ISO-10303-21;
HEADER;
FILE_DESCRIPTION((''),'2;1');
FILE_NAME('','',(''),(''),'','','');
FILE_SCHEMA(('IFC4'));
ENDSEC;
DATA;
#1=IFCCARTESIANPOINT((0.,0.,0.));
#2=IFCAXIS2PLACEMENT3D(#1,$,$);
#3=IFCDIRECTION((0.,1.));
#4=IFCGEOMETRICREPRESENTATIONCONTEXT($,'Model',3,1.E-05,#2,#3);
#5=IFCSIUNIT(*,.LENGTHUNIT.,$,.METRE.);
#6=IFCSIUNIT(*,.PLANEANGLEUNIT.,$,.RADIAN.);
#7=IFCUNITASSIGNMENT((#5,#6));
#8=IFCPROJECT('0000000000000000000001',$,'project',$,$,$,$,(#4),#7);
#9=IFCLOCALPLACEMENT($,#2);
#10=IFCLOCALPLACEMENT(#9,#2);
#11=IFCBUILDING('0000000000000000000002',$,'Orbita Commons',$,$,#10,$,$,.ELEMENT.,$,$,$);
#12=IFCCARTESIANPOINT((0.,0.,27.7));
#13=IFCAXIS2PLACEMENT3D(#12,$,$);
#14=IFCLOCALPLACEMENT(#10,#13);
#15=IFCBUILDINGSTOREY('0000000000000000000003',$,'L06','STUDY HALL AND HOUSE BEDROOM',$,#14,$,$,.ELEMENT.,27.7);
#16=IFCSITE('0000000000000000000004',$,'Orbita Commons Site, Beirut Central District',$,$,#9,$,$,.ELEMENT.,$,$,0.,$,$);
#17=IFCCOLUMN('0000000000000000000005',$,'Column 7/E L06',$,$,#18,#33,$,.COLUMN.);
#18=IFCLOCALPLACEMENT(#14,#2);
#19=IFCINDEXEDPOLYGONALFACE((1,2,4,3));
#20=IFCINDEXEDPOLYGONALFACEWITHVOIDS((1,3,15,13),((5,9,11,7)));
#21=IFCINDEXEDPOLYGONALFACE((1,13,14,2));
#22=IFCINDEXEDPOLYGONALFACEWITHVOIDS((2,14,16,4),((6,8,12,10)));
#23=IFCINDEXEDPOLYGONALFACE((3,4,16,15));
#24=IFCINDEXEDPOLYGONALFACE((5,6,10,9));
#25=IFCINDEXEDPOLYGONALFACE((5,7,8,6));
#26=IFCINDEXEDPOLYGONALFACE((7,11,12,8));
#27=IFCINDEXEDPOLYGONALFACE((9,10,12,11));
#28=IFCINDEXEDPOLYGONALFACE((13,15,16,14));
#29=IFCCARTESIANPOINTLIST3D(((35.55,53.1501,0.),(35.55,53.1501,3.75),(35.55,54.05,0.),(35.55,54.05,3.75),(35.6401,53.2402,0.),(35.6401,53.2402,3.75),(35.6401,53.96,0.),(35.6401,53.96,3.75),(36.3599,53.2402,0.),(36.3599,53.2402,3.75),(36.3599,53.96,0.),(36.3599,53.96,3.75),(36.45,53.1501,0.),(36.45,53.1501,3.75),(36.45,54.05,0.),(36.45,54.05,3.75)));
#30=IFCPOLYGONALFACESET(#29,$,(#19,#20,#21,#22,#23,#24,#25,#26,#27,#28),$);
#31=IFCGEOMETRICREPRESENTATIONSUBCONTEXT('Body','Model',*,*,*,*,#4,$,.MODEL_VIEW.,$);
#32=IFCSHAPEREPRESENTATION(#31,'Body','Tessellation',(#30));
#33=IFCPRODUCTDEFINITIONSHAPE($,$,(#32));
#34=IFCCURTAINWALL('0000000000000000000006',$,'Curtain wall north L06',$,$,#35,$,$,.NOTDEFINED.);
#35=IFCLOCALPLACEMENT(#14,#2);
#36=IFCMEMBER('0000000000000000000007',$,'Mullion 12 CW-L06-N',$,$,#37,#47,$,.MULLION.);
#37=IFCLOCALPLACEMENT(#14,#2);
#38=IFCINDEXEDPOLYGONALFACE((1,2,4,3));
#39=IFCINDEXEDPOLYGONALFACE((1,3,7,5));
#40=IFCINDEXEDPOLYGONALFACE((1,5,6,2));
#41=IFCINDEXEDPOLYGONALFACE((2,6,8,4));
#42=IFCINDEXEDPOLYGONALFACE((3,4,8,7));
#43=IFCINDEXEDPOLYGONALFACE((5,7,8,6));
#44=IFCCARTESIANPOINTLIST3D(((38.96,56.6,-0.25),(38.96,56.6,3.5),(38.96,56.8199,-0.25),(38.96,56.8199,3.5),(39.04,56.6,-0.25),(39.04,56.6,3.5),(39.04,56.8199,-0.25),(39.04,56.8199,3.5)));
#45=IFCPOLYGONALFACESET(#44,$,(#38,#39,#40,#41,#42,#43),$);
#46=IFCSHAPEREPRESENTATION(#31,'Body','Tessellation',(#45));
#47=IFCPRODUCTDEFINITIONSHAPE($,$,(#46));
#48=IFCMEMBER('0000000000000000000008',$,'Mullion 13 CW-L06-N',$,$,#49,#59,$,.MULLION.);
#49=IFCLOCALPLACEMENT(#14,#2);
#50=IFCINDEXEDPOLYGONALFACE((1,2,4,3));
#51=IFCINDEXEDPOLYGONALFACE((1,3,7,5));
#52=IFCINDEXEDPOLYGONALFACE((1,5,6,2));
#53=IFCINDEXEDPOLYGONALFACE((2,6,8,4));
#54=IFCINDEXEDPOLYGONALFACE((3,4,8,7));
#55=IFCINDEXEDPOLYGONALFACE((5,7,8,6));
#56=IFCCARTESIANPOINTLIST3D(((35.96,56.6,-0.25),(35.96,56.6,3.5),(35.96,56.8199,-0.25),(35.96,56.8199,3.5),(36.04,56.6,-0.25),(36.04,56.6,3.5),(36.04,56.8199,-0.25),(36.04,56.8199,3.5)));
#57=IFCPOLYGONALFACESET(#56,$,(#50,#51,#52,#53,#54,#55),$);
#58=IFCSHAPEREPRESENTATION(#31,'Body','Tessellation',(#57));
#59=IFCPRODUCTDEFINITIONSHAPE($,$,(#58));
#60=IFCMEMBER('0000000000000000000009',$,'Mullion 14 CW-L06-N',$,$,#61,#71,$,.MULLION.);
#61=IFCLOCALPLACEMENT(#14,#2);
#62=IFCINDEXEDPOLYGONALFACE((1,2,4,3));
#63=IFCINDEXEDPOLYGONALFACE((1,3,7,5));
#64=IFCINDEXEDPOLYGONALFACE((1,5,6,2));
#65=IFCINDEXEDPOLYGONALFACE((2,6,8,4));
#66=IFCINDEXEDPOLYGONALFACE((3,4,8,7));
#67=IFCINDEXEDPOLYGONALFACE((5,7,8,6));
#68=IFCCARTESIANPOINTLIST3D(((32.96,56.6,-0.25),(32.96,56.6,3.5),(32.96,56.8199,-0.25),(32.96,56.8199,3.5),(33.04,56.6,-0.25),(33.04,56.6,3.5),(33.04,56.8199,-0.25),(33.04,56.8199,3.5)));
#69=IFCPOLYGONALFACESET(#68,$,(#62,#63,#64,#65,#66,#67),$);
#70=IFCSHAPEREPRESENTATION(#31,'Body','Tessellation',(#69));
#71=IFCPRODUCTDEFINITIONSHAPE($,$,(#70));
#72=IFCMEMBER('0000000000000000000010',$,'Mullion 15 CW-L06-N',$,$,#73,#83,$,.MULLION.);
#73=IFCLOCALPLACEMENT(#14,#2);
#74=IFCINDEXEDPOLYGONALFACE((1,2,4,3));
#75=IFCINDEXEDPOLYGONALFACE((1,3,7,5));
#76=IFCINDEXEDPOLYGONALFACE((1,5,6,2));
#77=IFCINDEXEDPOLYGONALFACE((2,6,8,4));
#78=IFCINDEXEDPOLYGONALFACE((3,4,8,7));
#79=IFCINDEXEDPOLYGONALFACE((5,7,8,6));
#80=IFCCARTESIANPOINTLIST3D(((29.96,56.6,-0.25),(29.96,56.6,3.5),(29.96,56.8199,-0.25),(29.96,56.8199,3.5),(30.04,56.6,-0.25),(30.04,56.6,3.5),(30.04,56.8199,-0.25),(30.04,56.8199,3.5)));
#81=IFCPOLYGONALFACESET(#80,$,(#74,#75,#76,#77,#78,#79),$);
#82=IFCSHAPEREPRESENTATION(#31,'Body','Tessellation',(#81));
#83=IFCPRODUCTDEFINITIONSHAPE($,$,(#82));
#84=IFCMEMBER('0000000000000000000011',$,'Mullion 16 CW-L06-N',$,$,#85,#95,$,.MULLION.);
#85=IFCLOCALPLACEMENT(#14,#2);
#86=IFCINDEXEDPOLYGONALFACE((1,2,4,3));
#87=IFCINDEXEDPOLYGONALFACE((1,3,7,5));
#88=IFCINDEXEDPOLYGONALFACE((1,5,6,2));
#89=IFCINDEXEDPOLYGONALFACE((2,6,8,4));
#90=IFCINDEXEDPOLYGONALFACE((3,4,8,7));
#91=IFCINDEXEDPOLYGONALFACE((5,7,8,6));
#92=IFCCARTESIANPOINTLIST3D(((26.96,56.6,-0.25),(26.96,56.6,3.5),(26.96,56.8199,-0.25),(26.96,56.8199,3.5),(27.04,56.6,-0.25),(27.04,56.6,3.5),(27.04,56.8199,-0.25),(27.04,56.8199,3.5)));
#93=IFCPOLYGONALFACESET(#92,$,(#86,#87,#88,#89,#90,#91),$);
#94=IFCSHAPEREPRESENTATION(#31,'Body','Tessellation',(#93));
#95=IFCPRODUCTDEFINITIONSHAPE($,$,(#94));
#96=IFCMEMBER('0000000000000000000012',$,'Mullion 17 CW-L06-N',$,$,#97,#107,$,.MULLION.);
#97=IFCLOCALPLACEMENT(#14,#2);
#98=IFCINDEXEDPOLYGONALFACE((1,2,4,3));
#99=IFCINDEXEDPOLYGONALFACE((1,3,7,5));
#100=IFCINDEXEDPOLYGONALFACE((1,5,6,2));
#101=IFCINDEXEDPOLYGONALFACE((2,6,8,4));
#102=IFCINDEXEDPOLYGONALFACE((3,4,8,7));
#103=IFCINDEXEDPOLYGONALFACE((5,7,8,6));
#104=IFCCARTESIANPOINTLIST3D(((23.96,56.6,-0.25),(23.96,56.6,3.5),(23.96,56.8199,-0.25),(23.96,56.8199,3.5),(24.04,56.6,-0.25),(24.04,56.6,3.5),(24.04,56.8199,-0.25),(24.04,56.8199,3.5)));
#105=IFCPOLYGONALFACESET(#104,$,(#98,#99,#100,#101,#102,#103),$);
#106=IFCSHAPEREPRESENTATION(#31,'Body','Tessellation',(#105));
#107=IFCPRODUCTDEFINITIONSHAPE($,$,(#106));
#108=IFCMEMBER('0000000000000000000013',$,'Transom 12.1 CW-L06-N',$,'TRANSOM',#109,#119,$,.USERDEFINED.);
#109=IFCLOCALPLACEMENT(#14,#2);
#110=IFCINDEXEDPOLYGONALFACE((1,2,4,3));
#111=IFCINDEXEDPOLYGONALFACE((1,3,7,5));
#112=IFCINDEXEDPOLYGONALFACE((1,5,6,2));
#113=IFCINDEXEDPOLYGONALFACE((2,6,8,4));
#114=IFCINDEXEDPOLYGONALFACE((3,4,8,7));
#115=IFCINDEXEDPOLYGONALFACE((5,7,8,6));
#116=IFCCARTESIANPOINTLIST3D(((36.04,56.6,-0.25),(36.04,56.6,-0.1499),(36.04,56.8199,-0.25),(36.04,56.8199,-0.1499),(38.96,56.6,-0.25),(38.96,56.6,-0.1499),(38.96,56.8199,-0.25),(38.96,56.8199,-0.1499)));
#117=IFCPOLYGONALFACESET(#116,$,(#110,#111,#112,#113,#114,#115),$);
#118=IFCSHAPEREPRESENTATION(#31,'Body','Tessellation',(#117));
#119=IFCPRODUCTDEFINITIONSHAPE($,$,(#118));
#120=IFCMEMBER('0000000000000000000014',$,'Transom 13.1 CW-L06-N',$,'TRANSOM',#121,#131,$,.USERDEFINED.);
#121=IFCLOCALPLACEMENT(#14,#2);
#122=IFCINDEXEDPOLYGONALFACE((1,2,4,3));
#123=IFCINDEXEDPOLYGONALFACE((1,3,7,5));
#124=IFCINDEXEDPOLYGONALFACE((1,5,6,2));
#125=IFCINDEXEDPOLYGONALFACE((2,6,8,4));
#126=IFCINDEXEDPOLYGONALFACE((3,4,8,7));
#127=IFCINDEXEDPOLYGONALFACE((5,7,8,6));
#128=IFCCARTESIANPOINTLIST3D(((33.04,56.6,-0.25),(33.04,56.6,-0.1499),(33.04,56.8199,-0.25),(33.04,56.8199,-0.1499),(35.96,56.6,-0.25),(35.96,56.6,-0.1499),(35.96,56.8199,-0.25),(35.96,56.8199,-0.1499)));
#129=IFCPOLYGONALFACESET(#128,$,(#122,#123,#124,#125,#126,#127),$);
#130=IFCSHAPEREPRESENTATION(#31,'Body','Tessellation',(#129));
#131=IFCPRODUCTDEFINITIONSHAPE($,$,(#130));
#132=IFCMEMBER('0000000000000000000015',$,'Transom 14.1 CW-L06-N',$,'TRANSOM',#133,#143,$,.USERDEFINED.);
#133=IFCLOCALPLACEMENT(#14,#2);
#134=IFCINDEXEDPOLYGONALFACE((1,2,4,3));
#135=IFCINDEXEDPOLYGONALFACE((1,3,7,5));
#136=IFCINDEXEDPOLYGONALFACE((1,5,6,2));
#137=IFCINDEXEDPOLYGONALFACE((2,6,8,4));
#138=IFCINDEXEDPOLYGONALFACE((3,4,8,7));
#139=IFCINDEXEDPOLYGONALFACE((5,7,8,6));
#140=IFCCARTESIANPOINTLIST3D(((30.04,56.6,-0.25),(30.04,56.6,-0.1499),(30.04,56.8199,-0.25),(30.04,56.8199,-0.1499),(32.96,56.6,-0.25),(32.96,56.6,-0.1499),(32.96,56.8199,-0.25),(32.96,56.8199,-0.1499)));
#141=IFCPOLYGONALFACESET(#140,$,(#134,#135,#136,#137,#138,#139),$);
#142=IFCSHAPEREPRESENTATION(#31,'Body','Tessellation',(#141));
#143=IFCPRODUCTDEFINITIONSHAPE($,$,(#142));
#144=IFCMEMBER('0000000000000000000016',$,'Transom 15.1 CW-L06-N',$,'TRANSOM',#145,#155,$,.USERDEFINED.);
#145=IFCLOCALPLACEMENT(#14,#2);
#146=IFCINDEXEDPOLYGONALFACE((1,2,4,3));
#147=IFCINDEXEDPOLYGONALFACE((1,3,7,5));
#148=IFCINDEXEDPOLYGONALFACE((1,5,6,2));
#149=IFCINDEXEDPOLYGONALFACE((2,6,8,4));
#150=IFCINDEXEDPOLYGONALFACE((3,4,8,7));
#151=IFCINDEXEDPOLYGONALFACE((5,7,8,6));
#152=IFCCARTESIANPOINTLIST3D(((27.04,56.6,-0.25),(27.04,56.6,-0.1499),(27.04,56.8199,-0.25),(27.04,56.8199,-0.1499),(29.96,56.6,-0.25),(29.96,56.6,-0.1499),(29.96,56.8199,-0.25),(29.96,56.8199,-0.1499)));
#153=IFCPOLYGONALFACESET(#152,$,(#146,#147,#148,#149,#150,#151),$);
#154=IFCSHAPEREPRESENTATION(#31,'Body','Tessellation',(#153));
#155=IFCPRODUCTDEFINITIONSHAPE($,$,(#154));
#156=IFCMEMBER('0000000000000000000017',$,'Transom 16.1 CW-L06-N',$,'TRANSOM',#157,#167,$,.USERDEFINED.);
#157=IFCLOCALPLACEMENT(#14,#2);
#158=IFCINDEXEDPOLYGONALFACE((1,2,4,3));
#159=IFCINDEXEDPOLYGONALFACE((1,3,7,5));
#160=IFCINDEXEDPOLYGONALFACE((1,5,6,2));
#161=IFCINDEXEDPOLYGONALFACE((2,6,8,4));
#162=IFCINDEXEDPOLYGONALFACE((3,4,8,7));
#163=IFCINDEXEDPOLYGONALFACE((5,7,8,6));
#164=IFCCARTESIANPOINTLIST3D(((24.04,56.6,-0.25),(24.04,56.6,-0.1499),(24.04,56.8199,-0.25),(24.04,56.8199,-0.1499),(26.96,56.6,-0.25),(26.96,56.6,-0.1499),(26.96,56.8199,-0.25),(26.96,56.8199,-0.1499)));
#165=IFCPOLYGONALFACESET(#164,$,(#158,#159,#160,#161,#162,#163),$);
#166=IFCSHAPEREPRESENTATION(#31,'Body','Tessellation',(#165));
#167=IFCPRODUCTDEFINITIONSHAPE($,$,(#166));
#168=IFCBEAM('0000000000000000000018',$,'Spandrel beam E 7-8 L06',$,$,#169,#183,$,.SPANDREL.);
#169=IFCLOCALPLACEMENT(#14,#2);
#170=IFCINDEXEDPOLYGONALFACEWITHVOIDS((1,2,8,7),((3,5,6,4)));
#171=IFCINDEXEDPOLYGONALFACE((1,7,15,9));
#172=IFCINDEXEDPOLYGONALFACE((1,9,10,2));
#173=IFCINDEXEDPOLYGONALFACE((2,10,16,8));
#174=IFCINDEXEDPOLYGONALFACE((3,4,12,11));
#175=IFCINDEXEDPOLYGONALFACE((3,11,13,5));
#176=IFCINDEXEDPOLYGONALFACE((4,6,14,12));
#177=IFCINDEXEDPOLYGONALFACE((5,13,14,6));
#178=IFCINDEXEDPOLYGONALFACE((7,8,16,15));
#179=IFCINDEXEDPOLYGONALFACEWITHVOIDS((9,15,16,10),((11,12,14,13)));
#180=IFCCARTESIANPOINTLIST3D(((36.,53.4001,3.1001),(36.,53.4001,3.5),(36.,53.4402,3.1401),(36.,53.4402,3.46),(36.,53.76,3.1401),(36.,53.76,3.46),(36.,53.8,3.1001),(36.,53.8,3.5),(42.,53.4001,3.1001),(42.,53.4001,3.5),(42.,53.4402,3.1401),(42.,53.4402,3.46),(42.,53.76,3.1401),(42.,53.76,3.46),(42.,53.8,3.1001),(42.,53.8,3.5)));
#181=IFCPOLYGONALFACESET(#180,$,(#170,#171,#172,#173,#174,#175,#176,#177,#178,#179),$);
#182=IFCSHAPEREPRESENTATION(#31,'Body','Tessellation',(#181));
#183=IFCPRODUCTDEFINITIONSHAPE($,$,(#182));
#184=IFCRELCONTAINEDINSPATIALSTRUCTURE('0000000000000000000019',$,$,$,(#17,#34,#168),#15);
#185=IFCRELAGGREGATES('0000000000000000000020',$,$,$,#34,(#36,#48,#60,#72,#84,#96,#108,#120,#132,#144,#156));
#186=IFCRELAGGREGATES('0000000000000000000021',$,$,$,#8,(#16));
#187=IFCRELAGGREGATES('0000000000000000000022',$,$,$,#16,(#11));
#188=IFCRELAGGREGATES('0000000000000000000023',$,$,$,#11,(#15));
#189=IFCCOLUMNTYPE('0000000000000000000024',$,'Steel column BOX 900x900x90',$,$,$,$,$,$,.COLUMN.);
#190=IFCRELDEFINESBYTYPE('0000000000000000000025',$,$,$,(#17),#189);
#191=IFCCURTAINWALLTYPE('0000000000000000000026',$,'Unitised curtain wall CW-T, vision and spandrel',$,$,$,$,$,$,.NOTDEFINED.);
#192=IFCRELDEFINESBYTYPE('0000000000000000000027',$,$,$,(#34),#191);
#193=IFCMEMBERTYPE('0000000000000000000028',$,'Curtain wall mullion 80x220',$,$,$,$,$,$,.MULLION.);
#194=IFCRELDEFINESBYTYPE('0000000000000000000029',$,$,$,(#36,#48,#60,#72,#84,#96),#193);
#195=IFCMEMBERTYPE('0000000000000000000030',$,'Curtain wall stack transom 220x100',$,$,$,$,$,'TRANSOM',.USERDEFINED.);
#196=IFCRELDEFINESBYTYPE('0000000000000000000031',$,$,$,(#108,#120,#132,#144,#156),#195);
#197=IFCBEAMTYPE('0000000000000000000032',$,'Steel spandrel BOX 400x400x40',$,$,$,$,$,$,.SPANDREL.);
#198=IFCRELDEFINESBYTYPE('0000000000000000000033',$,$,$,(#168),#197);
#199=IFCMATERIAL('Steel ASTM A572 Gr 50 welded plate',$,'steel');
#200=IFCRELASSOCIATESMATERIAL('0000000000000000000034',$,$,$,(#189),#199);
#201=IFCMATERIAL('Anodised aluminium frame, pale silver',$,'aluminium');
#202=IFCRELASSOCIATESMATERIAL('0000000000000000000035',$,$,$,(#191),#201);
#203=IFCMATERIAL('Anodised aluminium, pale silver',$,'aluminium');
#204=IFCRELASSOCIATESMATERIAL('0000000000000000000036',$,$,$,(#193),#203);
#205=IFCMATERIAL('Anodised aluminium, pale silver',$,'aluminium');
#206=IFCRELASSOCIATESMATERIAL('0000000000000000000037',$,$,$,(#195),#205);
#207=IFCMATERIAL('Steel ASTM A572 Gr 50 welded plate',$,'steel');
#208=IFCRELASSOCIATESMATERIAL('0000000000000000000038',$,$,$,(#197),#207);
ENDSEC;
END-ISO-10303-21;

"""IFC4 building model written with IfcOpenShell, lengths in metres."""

from ifc_helpers import new_model, si_unit, direction, frame, origin, origin_2d, place, context, subcontext, project, spatial, rectangle, hollow_rectangle, extrude, material, material_profile, profile_set, type_object, element, aggregate, save


model = new_model("IFC4")

# Units and contexts
model_context = context("Model", 3, precision=1e-05, world=origin(), true_north=direction((0.0, 1.0)))
body_context = subcontext(model_context, "Body", "Model", "MODEL_VIEW")
ifc_project = project(units=[si_unit("LENGTHUNIT", "METRE"), si_unit("PLANEANGLEUNIT", "RADIAN")], contexts=[model_context])

# Site, building, storey
site_placement = place(None, origin())
site = spatial("IfcSite", under=ifc_project, at=site_placement, Name="Orbita Commons Site, Beirut Central District", CompositionType="ELEMENT", RefElevation=0.0)
building_placement = place(site_placement, origin())
building = spatial("IfcBuilding", under=site, at=building_placement, Name="Orbita Commons", CompositionType="ELEMENT")
storey_placement = place(building_placement, frame((0.0, 0.0, 27.7)))
storey = spatial("IfcBuildingStorey", under=building, at=storey_placement, Name="L06", Description="STUDY HALL AND HOUSE BEDROOM", CompositionType="ELEMENT", Elevation=27.7)

# Column
ifc_material_1 = material(Name="Steel ASTM A572 Gr 50 welded plate", Category="steel")
ifc_material_profile_1 = material_profile(ifc_material_1, hollow_rectangle(XDim=0.8999, YDim=0.8999, WallThickness=0.0901, at=origin_2d()), Name="BOX 900x900x90")
ifc_profile_set_1 = profile_set([ifc_material_profile_1], Name="Steel ASTM A572 Gr 50 welded plate")
column_type = type_object("IfcColumnType", Name="Steel column BOX 900x900x90", PredefinedType="COLUMN", material=ifc_profile_set_1)
column_placement = place(storey_placement, frame((36.0, 53.6001, 0.0), z_axis=(0.0, 0.0, 1.0), x_axis=(1.0, 0.0, 0.0)))
element("IfcColumn", 1, at=column_placement, inside=storey, type_object=column_type, Name="Column 7/E L06", PredefinedType="COLUMN", context=body_context, shape_type="SweptSolid", body=[
    extrude(hollow_rectangle(XDim=0.8999, YDim=0.8999, WallThickness=0.0901, at=origin_2d()), origin(), (0.0, 0.0, 1.0), 3.75),
])

# Curtain wall, members
ifc_material_2 = material(Name="Anodised aluminium frame, pale silver", Category="aluminium")
curtain_wall_type = type_object("IfcCurtainWallType", Name="Unitised curtain wall CW-T, vision and spandrel", PredefinedType="NOTDEFINED", material=ifc_material_2)
curtain_wall_placement = place(storey_placement, origin())
curtain_wall = element("IfcCurtainWall", 2, at=curtain_wall_placement, inside=storey, type_object=curtain_wall_type, Name="Curtain wall north L06", PredefinedType="NOTDEFINED")
ifc_material_3 = material(Name="Anodised aluminium, pale silver", Category="aluminium")
ifc_material_profile_2 = material_profile(ifc_material_3, rectangle(XDim=0.0801, YDim=0.22, at=origin_2d()), Name="AL 80x220")
ifc_profile_set_2 = profile_set([ifc_material_profile_2], Name="Anodised aluminium, pale silver")
member_type_1 = type_object("IfcMemberType", Name="Curtain wall mullion 80x220", PredefinedType="MULLION", material=ifc_profile_set_2)
member_1_placement = place(storey_placement, frame((39.0, 56.71, -0.25), z_axis=(0.0, 0.0, 1.0), x_axis=(-1.0, 0.0, 0.0)))
member_1 = element("IfcMember", 3, at=member_1_placement, type_object=member_type_1, Name="Mullion 12 CW-L06-N", PredefinedType="MULLION", context=body_context, shape_type="SweptSolid", body=[
    extrude(rectangle(XDim=0.0801, YDim=0.22, at=origin_2d()), origin(), (0.0, 0.0, 1.0), 3.75),
])
member_2_placement = place(storey_placement, frame((36.0, 56.71, -0.25), z_axis=(0.0, 0.0, 1.0), x_axis=(-1.0, 0.0, 0.0)))
member_2 = element("IfcMember", 4, at=member_2_placement, type_object=member_type_1, Name="Mullion 13 CW-L06-N", PredefinedType="MULLION", context=body_context, shape_type="SweptSolid", body=[
    extrude(rectangle(XDim=0.0801, YDim=0.22, at=origin_2d()), origin(), (0.0, 0.0, 1.0), 3.75),
])
member_3_placement = place(storey_placement, frame((33.0, 56.71, -0.25), z_axis=(0.0, 0.0, 1.0), x_axis=(-1.0, 0.0, 0.0)))
member_3 = element("IfcMember", 5, at=member_3_placement, type_object=member_type_1, Name="Mullion 14 CW-L06-N", PredefinedType="MULLION", context=body_context, shape_type="SweptSolid", body=[
    extrude(rectangle(XDim=0.0801, YDim=0.22, at=origin_2d()), origin(), (0.0, 0.0, 1.0), 3.75),
])
member_4_placement = place(storey_placement, frame((30.0, 56.71, -0.25), z_axis=(0.0, 0.0, 1.0), x_axis=(-1.0, 0.0, 0.0)))
member_4 = element("IfcMember", 6, at=member_4_placement, type_object=member_type_1, Name="Mullion 15 CW-L06-N", PredefinedType="MULLION", context=body_context, shape_type="SweptSolid", body=[
    extrude(rectangle(XDim=0.0801, YDim=0.22, at=origin_2d()), origin(), (0.0, 0.0, 1.0), 3.75),
])
member_5_placement = place(storey_placement, frame((27.0, 56.71, -0.25), z_axis=(0.0, 0.0, 1.0), x_axis=(-1.0, 0.0, 0.0)))
member_5 = element("IfcMember", 7, at=member_5_placement, type_object=member_type_1, Name="Mullion 16 CW-L06-N", PredefinedType="MULLION", context=body_context, shape_type="SweptSolid", body=[
    extrude(rectangle(XDim=0.0801, YDim=0.22, at=origin_2d()), origin(), (0.0, 0.0, 1.0), 3.75),
])
member_6_placement = place(storey_placement, frame((24.0, 56.71, -0.25), z_axis=(0.0, 0.0, 1.0), x_axis=(-1.0, 0.0, 0.0)))
member_6 = element("IfcMember", 8, at=member_6_placement, type_object=member_type_1, Name="Mullion 17 CW-L06-N", PredefinedType="MULLION", context=body_context, shape_type="SweptSolid", body=[
    extrude(rectangle(XDim=0.0801, YDim=0.22, at=origin_2d()), origin(), (0.0, 0.0, 1.0), 3.75),
])
ifc_material_4 = material(Name="Anodised aluminium, pale silver", Category="aluminium")
ifc_material_profile_3 = material_profile(ifc_material_4, rectangle(XDim=0.22, YDim=0.1001, at=origin_2d()), Name="AL 220x100")
ifc_profile_set_3 = profile_set([ifc_material_profile_3], Name="Anodised aluminium, pale silver")
member_type_2 = type_object("IfcMemberType", Name="Curtain wall stack transom 220x100", ElementType="TRANSOM", PredefinedType="USERDEFINED", material=ifc_profile_set_3)
member_7_placement = place(storey_placement, frame((38.96, 56.71, -0.2), z_axis=(-1.0, 0.0, 0.0), x_axis=(0.0, -1.0, 0.0)))
member_7 = element("IfcMember", 9, at=member_7_placement, type_object=member_type_2, Name="Transom 12.1 CW-L06-N", ObjectType="TRANSOM", PredefinedType="USERDEFINED", context=body_context, shape_type="SweptSolid", body=[
    extrude(rectangle(XDim=0.22, YDim=0.1001, at=origin_2d()), origin(), (0.0, 0.0, 1.0), 2.9199),
])
member_8_placement = place(storey_placement, frame((35.96, 56.71, -0.2), z_axis=(-1.0, 0.0, 0.0), x_axis=(0.0, -1.0, 0.0)))
member_8 = element("IfcMember", 10, at=member_8_placement, type_object=member_type_2, Name="Transom 13.1 CW-L06-N", ObjectType="TRANSOM", PredefinedType="USERDEFINED", context=body_context, shape_type="SweptSolid", body=[
    extrude(rectangle(XDim=0.22, YDim=0.1001, at=origin_2d()), origin(), (0.0, 0.0, 1.0), 2.9199),
])
member_9_placement = place(storey_placement, frame((32.96, 56.71, -0.2), z_axis=(-1.0, 0.0, 0.0), x_axis=(0.0, -1.0, 0.0)))
member_9 = element("IfcMember", 11, at=member_9_placement, type_object=member_type_2, Name="Transom 14.1 CW-L06-N", ObjectType="TRANSOM", PredefinedType="USERDEFINED", context=body_context, shape_type="SweptSolid", body=[
    extrude(rectangle(XDim=0.22, YDim=0.1001, at=origin_2d()), origin(), (0.0, 0.0, 1.0), 2.9199),
])
member_10_placement = place(storey_placement, frame((29.96, 56.71, -0.2), z_axis=(-1.0, 0.0, 0.0), x_axis=(0.0, -1.0, 0.0)))
member_10 = element("IfcMember", 12, at=member_10_placement, type_object=member_type_2, Name="Transom 15.1 CW-L06-N", ObjectType="TRANSOM", PredefinedType="USERDEFINED", context=body_context, shape_type="SweptSolid", body=[
    extrude(rectangle(XDim=0.22, YDim=0.1001, at=origin_2d()), origin(), (0.0, 0.0, 1.0), 2.9199),
])
member_11_placement = place(storey_placement, frame((26.96, 56.71, -0.2), z_axis=(-1.0, 0.0, 0.0), x_axis=(0.0, -1.0, 0.0)))
member_11 = element("IfcMember", 13, at=member_11_placement, type_object=member_type_2, Name="Transom 16.1 CW-L06-N", ObjectType="TRANSOM", PredefinedType="USERDEFINED", context=body_context, shape_type="SweptSolid", body=[
    extrude(rectangle(XDim=0.22, YDim=0.1001, at=origin_2d()), origin(), (0.0, 0.0, 1.0), 2.9199),
])

# Beam
ifc_material_5 = material(Name="Steel ASTM A572 Gr 50 welded plate", Category="steel")
ifc_material_profile_4 = material_profile(ifc_material_5, hollow_rectangle(XDim=0.3999, YDim=0.3999, WallThickness=0.04, at=origin_2d()), Name="BOX 400x400x40")
ifc_profile_set_4 = profile_set([ifc_material_profile_4], Name="Steel ASTM A572 Gr 50 welded plate")
beam_type = type_object("IfcBeamType", Name="Steel spandrel BOX 400x400x40", PredefinedType="SPANDREL", material=ifc_profile_set_4)
beam_placement = place(storey_placement, frame((36.0, 53.6001, 3.3), z_axis=(1.0, 0.0, 0.0), x_axis=(0.0, 1.0, 0.0)))
element("IfcBeam", 14, at=beam_placement, inside=storey, type_object=beam_type, Name="Spandrel beam E 7-8 L06", PredefinedType="SPANDREL", context=body_context, shape_type="SweptSolid", body=[
    extrude(hollow_rectangle(XDim=0.3999, YDim=0.3999, WallThickness=0.04, at=origin_2d()), origin(), (0.0, 0.0, 1.0), 6.0),
])

aggregate(curtain_wall, [member_1, member_2, member_3, member_4, member_5, member_6, member_7, member_8, member_9, member_10, member_11])

save(model, "model.ifc")
